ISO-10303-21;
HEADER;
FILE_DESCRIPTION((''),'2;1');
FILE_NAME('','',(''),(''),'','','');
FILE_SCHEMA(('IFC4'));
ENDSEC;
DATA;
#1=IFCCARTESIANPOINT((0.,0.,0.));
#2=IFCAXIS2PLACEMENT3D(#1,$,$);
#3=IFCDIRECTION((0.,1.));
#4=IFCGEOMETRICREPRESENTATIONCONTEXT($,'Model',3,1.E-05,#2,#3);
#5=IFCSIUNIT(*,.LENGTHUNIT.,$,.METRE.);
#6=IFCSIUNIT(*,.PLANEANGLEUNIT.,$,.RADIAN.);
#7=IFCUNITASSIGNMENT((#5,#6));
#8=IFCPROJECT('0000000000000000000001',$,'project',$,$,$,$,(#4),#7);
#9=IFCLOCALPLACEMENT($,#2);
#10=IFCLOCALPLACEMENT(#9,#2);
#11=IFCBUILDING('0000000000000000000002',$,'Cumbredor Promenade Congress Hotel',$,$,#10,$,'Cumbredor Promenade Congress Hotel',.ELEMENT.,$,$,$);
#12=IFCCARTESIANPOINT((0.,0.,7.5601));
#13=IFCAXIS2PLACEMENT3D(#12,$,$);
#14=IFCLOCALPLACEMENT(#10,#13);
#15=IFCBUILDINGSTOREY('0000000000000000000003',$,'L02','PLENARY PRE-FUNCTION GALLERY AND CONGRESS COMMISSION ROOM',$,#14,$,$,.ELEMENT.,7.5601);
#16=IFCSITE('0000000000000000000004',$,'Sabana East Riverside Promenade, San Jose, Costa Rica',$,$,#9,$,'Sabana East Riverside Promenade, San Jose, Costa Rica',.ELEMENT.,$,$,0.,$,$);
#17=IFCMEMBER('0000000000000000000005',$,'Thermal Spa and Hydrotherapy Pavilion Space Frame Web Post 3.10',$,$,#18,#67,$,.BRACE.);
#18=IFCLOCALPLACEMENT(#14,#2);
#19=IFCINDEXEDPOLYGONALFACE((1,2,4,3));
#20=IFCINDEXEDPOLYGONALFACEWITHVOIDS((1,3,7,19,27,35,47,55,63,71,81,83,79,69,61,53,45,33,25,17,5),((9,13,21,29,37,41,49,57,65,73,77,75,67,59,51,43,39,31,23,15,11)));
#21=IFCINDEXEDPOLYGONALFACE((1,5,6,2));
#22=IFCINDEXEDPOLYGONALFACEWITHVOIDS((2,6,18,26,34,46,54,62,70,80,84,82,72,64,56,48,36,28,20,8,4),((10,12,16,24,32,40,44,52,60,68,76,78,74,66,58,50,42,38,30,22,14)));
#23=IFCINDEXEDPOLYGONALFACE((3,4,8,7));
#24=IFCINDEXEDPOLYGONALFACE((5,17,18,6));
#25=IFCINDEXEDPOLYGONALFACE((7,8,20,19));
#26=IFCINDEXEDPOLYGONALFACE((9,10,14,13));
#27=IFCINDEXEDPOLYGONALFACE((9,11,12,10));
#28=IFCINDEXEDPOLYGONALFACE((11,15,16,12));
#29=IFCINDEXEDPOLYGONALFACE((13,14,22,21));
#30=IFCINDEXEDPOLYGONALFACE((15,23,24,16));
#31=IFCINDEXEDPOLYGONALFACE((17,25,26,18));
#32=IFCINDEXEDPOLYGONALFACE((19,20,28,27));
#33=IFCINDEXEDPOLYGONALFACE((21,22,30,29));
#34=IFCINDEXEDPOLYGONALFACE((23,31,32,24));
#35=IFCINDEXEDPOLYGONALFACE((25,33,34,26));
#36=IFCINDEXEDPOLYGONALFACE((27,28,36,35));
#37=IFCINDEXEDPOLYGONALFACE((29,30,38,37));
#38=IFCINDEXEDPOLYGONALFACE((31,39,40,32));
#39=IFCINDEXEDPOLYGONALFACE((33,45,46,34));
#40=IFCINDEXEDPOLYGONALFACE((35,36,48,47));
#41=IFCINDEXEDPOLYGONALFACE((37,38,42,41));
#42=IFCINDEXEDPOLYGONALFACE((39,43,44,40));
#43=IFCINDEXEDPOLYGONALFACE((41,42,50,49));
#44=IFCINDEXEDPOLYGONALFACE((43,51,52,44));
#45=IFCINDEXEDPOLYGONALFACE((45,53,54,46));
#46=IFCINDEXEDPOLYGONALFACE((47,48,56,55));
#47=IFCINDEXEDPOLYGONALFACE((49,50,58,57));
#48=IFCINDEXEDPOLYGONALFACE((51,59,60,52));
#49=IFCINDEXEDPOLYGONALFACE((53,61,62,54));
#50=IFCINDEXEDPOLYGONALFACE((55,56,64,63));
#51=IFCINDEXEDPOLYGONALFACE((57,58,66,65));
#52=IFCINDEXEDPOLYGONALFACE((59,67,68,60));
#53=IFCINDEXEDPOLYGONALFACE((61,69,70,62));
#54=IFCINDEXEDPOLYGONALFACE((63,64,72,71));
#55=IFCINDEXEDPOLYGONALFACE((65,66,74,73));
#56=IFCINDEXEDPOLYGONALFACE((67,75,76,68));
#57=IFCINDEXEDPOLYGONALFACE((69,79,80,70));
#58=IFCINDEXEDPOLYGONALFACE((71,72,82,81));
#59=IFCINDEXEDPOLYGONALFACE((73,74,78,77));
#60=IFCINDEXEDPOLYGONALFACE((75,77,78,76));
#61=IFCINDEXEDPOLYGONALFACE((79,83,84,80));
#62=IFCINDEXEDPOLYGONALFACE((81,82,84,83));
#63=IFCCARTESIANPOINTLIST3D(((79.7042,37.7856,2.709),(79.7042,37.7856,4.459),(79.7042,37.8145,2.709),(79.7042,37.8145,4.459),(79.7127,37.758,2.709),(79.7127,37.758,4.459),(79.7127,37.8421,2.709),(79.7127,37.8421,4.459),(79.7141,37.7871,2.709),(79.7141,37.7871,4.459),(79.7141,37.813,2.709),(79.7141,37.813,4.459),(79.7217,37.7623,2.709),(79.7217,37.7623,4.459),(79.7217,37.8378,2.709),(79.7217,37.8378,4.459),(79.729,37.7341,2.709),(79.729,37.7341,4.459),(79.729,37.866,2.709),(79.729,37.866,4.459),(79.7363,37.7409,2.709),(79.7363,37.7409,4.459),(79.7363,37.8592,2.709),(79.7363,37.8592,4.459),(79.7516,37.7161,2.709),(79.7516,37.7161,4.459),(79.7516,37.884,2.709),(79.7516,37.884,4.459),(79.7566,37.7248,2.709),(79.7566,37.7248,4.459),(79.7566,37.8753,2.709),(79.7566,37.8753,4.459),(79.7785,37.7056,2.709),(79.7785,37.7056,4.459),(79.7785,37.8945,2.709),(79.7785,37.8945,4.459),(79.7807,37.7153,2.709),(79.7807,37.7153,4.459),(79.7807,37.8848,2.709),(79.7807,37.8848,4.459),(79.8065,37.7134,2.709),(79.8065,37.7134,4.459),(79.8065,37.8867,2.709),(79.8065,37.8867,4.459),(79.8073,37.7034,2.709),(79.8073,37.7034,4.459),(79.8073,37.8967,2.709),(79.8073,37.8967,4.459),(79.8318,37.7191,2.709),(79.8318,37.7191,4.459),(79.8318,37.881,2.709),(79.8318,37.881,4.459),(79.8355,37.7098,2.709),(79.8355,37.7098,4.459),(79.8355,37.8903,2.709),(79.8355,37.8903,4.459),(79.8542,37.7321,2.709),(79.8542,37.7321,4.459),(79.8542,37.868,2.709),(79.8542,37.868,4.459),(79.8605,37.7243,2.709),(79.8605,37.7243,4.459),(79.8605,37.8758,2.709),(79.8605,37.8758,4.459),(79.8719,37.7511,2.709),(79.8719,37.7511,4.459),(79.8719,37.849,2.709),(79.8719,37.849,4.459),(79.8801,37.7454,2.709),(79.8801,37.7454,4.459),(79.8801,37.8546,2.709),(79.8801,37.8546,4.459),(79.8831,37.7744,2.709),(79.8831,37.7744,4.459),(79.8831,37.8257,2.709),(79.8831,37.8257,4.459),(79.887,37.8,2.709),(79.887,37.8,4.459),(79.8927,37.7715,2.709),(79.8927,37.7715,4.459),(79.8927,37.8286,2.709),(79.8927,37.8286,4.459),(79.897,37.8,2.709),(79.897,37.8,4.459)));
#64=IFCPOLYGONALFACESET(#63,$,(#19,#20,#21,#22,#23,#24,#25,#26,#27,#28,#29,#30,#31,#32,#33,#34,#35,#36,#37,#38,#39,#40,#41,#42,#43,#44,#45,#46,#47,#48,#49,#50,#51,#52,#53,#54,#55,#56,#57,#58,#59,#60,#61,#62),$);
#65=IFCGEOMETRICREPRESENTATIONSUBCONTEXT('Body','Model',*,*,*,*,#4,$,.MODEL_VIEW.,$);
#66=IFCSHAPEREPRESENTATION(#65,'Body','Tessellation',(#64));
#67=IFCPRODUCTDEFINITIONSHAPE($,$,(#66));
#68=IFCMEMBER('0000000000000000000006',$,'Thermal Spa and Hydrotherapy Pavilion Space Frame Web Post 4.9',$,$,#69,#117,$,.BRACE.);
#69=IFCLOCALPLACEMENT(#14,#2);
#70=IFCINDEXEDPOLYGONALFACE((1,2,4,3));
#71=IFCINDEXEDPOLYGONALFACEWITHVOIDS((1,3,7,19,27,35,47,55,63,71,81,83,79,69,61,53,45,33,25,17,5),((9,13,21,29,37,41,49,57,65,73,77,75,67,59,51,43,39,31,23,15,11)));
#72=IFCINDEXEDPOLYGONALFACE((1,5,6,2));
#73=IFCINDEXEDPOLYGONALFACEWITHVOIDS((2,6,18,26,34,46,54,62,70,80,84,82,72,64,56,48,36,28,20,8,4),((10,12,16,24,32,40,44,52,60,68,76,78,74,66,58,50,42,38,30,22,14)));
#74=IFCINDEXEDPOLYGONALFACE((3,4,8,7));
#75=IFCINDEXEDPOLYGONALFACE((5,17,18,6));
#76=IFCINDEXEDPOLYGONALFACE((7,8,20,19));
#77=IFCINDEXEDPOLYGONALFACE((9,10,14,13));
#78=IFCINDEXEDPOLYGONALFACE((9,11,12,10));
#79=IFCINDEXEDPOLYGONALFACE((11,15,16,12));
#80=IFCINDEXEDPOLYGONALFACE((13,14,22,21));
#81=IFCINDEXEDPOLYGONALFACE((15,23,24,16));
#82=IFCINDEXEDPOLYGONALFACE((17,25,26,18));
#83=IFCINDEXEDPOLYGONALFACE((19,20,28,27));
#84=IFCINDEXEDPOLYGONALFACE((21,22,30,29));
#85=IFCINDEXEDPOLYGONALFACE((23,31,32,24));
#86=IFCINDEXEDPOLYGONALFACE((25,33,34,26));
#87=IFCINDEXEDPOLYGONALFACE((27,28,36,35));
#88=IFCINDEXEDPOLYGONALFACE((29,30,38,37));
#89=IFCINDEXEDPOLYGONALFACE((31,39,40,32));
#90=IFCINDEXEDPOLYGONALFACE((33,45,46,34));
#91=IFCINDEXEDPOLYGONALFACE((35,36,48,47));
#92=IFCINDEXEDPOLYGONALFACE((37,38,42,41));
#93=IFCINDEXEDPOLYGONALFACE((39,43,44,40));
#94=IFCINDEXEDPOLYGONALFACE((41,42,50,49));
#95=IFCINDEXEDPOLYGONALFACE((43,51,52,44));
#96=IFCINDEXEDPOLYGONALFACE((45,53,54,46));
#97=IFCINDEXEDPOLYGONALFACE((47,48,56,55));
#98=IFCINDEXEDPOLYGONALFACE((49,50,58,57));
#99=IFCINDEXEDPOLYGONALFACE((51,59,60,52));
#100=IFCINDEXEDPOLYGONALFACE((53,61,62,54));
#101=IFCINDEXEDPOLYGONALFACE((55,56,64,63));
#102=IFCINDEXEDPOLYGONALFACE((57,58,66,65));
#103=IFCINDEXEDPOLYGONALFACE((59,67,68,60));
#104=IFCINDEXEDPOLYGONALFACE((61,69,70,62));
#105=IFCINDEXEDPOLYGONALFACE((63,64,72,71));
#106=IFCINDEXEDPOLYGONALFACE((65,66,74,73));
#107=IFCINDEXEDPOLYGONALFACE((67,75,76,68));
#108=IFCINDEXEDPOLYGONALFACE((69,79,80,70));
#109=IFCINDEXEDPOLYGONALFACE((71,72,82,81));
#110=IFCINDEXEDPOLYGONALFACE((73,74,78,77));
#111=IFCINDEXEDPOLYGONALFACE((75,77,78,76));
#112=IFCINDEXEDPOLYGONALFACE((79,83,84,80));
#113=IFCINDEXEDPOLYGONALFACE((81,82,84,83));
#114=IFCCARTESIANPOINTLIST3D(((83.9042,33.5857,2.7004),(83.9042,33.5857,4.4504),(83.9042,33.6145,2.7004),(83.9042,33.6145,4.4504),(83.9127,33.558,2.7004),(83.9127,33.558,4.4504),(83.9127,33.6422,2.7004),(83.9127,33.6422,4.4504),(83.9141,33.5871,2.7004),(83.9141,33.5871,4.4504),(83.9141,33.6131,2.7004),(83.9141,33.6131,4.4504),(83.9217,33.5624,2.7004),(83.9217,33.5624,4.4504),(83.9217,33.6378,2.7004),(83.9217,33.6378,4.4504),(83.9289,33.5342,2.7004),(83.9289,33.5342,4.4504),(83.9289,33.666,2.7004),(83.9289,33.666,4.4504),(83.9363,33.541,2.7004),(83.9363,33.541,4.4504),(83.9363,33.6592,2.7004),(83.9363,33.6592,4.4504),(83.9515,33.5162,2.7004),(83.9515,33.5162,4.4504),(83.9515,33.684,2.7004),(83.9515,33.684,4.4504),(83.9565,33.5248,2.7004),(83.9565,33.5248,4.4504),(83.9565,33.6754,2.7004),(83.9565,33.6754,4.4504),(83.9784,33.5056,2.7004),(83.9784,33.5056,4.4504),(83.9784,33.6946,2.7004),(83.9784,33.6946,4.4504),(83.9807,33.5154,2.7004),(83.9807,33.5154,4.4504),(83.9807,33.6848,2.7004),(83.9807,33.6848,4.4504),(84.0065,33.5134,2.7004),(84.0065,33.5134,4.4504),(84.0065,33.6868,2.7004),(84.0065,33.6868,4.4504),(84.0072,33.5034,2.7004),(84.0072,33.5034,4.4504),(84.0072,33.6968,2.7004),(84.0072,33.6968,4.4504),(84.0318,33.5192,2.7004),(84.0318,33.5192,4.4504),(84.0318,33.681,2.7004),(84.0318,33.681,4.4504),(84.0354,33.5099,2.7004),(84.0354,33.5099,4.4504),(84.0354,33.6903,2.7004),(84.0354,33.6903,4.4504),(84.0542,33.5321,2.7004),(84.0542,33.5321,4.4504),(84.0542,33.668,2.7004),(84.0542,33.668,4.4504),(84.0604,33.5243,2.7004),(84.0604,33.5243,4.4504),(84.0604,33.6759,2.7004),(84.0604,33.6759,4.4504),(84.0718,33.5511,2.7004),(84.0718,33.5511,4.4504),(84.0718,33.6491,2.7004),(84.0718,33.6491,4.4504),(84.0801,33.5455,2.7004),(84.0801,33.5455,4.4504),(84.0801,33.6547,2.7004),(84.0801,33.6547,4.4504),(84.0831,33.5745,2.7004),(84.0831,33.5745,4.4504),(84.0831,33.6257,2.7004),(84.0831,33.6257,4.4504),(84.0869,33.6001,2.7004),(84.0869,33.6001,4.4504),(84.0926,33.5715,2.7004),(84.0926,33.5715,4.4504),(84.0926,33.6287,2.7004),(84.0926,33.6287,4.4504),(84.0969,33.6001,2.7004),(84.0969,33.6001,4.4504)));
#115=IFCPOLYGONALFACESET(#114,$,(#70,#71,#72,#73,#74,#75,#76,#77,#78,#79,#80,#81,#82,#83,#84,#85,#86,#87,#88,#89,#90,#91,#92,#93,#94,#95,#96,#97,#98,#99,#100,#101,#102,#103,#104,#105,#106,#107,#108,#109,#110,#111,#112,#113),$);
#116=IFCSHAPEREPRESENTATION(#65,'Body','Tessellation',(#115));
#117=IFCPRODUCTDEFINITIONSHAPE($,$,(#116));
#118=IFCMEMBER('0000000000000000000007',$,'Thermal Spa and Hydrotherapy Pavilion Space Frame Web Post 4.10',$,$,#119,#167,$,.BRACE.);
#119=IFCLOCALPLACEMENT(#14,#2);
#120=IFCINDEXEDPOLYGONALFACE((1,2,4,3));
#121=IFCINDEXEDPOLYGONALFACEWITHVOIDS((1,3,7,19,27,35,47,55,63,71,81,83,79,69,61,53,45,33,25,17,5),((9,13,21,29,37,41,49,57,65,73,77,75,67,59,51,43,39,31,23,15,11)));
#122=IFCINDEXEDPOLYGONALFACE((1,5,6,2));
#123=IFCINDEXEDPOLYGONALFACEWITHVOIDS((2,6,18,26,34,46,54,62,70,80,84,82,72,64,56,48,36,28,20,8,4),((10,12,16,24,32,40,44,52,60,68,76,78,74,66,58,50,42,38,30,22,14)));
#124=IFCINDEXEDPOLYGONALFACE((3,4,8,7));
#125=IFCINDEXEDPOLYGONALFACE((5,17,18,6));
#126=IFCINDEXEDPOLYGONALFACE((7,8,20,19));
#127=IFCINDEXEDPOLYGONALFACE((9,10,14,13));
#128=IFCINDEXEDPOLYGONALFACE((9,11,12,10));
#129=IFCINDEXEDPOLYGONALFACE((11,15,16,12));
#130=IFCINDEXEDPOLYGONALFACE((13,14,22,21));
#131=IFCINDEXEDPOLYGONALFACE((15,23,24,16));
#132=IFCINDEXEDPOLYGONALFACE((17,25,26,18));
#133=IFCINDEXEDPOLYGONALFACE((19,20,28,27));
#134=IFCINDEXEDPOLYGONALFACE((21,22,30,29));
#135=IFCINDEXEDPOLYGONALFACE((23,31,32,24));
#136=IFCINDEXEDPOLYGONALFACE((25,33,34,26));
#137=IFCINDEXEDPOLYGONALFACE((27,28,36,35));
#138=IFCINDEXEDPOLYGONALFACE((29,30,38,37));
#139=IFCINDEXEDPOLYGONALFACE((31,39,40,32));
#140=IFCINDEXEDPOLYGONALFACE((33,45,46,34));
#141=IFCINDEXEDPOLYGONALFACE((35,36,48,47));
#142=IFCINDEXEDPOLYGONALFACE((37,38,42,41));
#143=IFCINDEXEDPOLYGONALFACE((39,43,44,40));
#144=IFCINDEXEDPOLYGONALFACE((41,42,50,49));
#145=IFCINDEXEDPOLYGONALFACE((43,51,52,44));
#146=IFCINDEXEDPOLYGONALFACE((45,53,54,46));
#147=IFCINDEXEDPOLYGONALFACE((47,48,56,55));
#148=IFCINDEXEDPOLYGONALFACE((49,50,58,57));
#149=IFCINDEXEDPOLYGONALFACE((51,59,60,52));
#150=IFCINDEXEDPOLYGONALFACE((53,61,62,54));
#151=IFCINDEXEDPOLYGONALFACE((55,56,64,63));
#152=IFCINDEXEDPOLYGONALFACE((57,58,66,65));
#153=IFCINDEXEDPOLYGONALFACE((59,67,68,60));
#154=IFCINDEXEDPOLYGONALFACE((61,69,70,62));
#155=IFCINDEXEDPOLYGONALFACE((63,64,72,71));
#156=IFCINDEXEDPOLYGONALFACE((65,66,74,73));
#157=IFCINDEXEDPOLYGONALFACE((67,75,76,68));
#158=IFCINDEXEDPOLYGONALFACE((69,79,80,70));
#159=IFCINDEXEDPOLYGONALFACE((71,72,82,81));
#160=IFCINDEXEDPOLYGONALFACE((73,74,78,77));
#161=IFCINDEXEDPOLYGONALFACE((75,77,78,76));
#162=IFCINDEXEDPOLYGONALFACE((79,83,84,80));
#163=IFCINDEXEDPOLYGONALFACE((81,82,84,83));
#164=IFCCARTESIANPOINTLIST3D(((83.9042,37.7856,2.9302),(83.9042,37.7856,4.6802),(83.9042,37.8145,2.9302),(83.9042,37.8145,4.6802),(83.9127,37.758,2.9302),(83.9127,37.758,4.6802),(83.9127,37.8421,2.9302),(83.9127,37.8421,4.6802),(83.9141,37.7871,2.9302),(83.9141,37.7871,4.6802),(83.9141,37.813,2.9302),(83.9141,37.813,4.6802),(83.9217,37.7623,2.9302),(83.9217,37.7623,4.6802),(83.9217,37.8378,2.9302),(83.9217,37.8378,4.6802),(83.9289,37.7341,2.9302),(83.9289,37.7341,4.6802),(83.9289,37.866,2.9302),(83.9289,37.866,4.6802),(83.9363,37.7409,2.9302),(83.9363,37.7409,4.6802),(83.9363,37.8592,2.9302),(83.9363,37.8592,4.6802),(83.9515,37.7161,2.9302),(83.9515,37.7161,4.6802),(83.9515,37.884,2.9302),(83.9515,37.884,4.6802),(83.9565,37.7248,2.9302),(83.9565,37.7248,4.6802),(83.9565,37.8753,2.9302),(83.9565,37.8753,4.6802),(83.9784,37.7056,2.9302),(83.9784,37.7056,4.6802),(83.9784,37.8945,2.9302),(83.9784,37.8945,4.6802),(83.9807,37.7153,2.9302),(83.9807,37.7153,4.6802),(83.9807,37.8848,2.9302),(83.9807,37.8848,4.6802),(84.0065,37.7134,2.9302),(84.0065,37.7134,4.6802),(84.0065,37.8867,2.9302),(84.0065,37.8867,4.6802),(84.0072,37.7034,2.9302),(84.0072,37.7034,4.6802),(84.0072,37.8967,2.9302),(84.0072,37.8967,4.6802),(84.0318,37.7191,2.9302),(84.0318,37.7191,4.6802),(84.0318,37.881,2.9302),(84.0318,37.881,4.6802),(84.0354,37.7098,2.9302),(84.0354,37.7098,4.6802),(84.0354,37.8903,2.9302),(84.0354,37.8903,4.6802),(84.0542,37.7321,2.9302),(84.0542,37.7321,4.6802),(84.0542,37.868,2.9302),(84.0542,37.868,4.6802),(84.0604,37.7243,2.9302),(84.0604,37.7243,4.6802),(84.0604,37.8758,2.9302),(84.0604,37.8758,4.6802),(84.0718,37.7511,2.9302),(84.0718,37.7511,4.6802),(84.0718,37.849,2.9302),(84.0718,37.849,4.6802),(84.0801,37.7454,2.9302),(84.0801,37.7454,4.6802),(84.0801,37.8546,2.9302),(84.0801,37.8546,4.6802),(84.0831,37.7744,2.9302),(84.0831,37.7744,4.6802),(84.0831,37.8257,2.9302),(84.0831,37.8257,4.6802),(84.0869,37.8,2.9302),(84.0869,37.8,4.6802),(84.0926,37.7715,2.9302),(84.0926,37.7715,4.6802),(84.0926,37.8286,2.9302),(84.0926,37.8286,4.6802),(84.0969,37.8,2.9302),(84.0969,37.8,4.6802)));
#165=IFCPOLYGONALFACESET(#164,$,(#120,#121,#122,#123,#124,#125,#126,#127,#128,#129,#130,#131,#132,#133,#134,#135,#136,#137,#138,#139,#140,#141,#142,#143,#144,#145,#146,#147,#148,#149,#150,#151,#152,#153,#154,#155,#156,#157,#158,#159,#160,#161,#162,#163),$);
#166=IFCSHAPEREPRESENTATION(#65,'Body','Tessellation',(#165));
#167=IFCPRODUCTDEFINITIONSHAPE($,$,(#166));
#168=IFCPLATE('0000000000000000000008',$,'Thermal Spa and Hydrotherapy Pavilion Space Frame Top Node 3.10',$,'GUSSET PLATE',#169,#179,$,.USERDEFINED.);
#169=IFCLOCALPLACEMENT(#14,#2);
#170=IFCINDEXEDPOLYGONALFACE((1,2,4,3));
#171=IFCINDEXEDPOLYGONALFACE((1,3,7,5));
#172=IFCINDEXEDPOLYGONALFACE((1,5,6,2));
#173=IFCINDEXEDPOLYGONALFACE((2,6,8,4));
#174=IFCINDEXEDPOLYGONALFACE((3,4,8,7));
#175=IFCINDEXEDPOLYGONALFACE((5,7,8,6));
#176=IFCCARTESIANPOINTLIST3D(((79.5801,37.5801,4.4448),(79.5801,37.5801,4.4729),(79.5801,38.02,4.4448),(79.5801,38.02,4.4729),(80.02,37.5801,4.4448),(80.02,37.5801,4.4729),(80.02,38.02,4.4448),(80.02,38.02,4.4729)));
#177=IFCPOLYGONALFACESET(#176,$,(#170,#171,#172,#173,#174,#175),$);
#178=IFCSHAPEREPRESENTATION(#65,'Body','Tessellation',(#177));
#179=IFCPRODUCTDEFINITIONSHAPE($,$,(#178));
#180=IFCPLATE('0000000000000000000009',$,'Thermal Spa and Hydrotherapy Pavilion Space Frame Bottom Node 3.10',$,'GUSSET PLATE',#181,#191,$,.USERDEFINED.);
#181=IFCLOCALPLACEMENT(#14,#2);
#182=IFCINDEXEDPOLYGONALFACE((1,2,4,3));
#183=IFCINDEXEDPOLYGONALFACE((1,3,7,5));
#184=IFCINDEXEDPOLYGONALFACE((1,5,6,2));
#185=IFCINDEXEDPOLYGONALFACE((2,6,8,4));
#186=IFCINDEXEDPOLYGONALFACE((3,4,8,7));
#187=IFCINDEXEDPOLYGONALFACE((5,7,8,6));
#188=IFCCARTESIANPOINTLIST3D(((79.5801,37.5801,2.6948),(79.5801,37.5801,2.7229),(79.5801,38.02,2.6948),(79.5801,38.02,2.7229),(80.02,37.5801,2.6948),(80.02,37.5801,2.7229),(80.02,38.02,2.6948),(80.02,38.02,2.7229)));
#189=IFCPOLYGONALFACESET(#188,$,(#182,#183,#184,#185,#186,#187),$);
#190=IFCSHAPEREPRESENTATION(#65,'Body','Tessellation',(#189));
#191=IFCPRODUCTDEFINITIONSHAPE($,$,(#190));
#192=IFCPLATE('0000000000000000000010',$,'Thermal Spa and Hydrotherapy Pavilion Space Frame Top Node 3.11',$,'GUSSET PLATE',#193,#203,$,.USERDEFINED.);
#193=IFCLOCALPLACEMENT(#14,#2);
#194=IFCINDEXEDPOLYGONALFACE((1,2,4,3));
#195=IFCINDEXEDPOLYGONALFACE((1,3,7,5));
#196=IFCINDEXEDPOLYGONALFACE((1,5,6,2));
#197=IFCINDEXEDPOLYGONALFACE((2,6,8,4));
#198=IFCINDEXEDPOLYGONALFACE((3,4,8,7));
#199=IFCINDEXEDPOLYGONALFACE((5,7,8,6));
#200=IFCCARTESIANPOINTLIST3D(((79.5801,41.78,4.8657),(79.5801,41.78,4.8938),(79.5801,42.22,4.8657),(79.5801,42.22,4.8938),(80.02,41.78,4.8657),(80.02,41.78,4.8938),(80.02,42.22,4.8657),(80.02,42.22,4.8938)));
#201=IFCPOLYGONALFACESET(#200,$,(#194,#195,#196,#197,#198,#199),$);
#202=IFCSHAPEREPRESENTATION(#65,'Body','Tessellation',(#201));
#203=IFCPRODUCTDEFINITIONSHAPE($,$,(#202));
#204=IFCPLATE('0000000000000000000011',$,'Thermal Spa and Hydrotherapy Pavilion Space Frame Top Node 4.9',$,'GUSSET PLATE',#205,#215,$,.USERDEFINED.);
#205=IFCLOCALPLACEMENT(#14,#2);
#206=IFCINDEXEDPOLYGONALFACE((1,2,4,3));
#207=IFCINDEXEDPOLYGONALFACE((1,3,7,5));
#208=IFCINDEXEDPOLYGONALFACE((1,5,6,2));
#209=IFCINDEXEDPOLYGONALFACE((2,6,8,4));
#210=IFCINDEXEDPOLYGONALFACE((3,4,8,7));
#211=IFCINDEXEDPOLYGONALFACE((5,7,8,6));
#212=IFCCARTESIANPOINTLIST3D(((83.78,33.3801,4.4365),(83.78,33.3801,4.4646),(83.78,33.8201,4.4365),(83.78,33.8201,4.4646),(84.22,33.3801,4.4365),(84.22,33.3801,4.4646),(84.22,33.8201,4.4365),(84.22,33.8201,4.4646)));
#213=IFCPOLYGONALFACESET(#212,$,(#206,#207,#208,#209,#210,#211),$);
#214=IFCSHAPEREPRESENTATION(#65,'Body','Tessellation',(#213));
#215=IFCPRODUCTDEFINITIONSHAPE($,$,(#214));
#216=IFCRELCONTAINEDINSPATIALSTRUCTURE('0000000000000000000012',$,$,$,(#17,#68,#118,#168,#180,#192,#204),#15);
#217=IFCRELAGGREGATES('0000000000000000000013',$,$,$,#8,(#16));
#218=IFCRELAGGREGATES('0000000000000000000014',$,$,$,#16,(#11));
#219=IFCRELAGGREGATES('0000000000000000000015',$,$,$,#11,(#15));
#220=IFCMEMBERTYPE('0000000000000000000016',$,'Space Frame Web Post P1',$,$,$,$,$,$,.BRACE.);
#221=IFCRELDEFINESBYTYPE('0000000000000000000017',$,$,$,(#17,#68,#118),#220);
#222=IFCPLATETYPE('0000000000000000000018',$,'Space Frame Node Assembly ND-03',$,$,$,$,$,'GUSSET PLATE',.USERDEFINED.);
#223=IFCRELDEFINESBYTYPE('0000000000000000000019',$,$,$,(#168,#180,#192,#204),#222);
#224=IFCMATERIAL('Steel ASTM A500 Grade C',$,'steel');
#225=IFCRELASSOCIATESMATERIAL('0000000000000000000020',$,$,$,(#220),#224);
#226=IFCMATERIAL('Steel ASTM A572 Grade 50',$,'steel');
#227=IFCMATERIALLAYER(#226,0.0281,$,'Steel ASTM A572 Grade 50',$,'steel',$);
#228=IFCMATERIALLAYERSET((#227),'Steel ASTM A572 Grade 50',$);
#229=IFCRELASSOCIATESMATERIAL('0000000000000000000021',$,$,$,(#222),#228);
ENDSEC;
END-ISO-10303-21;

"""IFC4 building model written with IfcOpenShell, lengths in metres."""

from ifc_helpers import new_model, si_unit, direction, frame, origin, origin_2d, place, context, subcontext, project, spatial, rectangle, hollow_circle, extrude, material, layer, layer_set, material_profile, profile_set, type_object, element, save


model = new_model("IFC4")

# Units and contexts
model_context = context("Model", 3, precision=1e-05, world=origin(), true_north=direction((0.0, 1.0)))
body_context = subcontext(model_context, "Body", "Model", "MODEL_VIEW")
ifc_project = project(units=[si_unit("LENGTHUNIT", "METRE"), si_unit("PLANEANGLEUNIT", "RADIAN")], contexts=[model_context])

# Site, building, storey
site_placement = place(None, origin())
site = spatial("IfcSite", under=ifc_project, at=site_placement, Name="Sabana East Riverside Promenade, San Jose, Costa Rica", LongName="Sabana East Riverside Promenade, San Jose, Costa Rica", CompositionType="ELEMENT", RefElevation=0.0)
building_placement = place(site_placement, origin())
building = spatial("IfcBuilding", under=site, at=building_placement, Name="Cumbredor Promenade Congress Hotel", LongName="Cumbredor Promenade Congress Hotel", CompositionType="ELEMENT")
storey_placement = place(building_placement, frame((0.0, 0.0, 7.5601)))
storey = spatial("IfcBuildingStorey", under=building, at=storey_placement, Name="L02", Description="PLENARY PRE-FUNCTION GALLERY AND CONGRESS COMMISSION ROOM", CompositionType="ELEMENT", Elevation=7.5601)

# Members
ifc_material_1 = material(Name="Steel ASTM A500 Grade C", Category="steel")
ifc_material_profile_1 = material_profile(ifc_material_1, hollow_circle(Radius=0.0969, WallThickness=0.01, at=origin_2d()), Name="CHS 193.7x10")
ifc_profile_set_1 = profile_set([ifc_material_profile_1], Name="Steel ASTM A500 Grade C")
member_type_1 = type_object("IfcMemberType", Name="Space Frame Web Post P1", PredefinedType="BRACE", material=ifc_profile_set_1)
for number, where, z_axis, x_axis, name in (
    (1, (79.8, 37.8, 2.709), (0.0, 0.0, 1.0), (1.0, 0.0, 0.0), "Thermal Spa and Hydrotherapy Pavilion Space Frame Web Post 3.10"),
    (2, (84.0, 33.6001, 2.7004), (0.0, 0.0, 1.0), (1.0, 0.0, 0.0), "Thermal Spa and Hydrotherapy Pavilion Space Frame Web Post 4.9"),
    (3, (84.0, 37.8, 2.9302), (0.0, 0.0, 1.0), (1.0, 0.0, 0.0), "Thermal Spa and Hydrotherapy Pavilion Space Frame Web Post 4.10"),
):
    element("IfcMember", number, at=place(storey_placement, frame(where, z_axis=z_axis, x_axis=x_axis)), inside=storey, type_object=member_type_1, Name=name, PredefinedType="BRACE", context=body_context, shape_type="SweptSolid", body=[
        extrude(hollow_circle(Radius=0.0969, WallThickness=0.01, at=origin_2d()), origin(), (0.0, 0.0, 1.0), 1.75),
    ])

# Plates
ifc_material_2 = material(Name="Steel ASTM A572 Grade 50", Category="steel")
ifc_layer = layer(ifc_material_2, 0.0281, Name="Steel ASTM A572 Grade 50", Category="steel")
ifc_layer_set = layer_set([ifc_layer], Name="Steel ASTM A572 Grade 50")
plate_type = type_object("IfcPlateType", Name="Space Frame Node Assembly ND-03", ElementType="GUSSET PLATE", PredefinedType="USERDEFINED", material=ifc_layer_set)
for number, where, z_axis, x_axis, name in (
    (4, (79.8, 37.8, 4.4448), (0.0, 0.0, 1.0), (1.0, 0.0, 0.0), "Thermal Spa and Hydrotherapy Pavilion Space Frame Top Node 3.10"),
    (5, (79.8, 37.8, 2.6948), (0.0, 0.0, 1.0), (1.0, 0.0, 0.0), "Thermal Spa and Hydrotherapy Pavilion Space Frame Bottom Node 3.10"),
    (6, (79.8, 42.0, 4.8657), (0.0, 0.0, 1.0), (1.0, 0.0, 0.0), "Thermal Spa and Hydrotherapy Pavilion Space Frame Top Node 3.11"),
    (7, (84.0, 33.6001, 4.4365), (0.0, 0.0, 1.0), (1.0, 0.0, 0.0), "Thermal Spa and Hydrotherapy Pavilion Space Frame Top Node 4.9"),
):
    element("IfcPlate", number, at=place(storey_placement, frame(where, z_axis=z_axis, x_axis=x_axis)), inside=storey, type_object=plate_type, Name=name, ObjectType="GUSSET PLATE", PredefinedType="USERDEFINED", context=body_context, shape_type="SweptSolid", body=[
        extrude(rectangle(XDim=0.4399, YDim=0.4399, at=origin_2d()), origin(), (0.0, 0.0, 1.0), 0.0281),
    ])

save(model, "model.ifc")
